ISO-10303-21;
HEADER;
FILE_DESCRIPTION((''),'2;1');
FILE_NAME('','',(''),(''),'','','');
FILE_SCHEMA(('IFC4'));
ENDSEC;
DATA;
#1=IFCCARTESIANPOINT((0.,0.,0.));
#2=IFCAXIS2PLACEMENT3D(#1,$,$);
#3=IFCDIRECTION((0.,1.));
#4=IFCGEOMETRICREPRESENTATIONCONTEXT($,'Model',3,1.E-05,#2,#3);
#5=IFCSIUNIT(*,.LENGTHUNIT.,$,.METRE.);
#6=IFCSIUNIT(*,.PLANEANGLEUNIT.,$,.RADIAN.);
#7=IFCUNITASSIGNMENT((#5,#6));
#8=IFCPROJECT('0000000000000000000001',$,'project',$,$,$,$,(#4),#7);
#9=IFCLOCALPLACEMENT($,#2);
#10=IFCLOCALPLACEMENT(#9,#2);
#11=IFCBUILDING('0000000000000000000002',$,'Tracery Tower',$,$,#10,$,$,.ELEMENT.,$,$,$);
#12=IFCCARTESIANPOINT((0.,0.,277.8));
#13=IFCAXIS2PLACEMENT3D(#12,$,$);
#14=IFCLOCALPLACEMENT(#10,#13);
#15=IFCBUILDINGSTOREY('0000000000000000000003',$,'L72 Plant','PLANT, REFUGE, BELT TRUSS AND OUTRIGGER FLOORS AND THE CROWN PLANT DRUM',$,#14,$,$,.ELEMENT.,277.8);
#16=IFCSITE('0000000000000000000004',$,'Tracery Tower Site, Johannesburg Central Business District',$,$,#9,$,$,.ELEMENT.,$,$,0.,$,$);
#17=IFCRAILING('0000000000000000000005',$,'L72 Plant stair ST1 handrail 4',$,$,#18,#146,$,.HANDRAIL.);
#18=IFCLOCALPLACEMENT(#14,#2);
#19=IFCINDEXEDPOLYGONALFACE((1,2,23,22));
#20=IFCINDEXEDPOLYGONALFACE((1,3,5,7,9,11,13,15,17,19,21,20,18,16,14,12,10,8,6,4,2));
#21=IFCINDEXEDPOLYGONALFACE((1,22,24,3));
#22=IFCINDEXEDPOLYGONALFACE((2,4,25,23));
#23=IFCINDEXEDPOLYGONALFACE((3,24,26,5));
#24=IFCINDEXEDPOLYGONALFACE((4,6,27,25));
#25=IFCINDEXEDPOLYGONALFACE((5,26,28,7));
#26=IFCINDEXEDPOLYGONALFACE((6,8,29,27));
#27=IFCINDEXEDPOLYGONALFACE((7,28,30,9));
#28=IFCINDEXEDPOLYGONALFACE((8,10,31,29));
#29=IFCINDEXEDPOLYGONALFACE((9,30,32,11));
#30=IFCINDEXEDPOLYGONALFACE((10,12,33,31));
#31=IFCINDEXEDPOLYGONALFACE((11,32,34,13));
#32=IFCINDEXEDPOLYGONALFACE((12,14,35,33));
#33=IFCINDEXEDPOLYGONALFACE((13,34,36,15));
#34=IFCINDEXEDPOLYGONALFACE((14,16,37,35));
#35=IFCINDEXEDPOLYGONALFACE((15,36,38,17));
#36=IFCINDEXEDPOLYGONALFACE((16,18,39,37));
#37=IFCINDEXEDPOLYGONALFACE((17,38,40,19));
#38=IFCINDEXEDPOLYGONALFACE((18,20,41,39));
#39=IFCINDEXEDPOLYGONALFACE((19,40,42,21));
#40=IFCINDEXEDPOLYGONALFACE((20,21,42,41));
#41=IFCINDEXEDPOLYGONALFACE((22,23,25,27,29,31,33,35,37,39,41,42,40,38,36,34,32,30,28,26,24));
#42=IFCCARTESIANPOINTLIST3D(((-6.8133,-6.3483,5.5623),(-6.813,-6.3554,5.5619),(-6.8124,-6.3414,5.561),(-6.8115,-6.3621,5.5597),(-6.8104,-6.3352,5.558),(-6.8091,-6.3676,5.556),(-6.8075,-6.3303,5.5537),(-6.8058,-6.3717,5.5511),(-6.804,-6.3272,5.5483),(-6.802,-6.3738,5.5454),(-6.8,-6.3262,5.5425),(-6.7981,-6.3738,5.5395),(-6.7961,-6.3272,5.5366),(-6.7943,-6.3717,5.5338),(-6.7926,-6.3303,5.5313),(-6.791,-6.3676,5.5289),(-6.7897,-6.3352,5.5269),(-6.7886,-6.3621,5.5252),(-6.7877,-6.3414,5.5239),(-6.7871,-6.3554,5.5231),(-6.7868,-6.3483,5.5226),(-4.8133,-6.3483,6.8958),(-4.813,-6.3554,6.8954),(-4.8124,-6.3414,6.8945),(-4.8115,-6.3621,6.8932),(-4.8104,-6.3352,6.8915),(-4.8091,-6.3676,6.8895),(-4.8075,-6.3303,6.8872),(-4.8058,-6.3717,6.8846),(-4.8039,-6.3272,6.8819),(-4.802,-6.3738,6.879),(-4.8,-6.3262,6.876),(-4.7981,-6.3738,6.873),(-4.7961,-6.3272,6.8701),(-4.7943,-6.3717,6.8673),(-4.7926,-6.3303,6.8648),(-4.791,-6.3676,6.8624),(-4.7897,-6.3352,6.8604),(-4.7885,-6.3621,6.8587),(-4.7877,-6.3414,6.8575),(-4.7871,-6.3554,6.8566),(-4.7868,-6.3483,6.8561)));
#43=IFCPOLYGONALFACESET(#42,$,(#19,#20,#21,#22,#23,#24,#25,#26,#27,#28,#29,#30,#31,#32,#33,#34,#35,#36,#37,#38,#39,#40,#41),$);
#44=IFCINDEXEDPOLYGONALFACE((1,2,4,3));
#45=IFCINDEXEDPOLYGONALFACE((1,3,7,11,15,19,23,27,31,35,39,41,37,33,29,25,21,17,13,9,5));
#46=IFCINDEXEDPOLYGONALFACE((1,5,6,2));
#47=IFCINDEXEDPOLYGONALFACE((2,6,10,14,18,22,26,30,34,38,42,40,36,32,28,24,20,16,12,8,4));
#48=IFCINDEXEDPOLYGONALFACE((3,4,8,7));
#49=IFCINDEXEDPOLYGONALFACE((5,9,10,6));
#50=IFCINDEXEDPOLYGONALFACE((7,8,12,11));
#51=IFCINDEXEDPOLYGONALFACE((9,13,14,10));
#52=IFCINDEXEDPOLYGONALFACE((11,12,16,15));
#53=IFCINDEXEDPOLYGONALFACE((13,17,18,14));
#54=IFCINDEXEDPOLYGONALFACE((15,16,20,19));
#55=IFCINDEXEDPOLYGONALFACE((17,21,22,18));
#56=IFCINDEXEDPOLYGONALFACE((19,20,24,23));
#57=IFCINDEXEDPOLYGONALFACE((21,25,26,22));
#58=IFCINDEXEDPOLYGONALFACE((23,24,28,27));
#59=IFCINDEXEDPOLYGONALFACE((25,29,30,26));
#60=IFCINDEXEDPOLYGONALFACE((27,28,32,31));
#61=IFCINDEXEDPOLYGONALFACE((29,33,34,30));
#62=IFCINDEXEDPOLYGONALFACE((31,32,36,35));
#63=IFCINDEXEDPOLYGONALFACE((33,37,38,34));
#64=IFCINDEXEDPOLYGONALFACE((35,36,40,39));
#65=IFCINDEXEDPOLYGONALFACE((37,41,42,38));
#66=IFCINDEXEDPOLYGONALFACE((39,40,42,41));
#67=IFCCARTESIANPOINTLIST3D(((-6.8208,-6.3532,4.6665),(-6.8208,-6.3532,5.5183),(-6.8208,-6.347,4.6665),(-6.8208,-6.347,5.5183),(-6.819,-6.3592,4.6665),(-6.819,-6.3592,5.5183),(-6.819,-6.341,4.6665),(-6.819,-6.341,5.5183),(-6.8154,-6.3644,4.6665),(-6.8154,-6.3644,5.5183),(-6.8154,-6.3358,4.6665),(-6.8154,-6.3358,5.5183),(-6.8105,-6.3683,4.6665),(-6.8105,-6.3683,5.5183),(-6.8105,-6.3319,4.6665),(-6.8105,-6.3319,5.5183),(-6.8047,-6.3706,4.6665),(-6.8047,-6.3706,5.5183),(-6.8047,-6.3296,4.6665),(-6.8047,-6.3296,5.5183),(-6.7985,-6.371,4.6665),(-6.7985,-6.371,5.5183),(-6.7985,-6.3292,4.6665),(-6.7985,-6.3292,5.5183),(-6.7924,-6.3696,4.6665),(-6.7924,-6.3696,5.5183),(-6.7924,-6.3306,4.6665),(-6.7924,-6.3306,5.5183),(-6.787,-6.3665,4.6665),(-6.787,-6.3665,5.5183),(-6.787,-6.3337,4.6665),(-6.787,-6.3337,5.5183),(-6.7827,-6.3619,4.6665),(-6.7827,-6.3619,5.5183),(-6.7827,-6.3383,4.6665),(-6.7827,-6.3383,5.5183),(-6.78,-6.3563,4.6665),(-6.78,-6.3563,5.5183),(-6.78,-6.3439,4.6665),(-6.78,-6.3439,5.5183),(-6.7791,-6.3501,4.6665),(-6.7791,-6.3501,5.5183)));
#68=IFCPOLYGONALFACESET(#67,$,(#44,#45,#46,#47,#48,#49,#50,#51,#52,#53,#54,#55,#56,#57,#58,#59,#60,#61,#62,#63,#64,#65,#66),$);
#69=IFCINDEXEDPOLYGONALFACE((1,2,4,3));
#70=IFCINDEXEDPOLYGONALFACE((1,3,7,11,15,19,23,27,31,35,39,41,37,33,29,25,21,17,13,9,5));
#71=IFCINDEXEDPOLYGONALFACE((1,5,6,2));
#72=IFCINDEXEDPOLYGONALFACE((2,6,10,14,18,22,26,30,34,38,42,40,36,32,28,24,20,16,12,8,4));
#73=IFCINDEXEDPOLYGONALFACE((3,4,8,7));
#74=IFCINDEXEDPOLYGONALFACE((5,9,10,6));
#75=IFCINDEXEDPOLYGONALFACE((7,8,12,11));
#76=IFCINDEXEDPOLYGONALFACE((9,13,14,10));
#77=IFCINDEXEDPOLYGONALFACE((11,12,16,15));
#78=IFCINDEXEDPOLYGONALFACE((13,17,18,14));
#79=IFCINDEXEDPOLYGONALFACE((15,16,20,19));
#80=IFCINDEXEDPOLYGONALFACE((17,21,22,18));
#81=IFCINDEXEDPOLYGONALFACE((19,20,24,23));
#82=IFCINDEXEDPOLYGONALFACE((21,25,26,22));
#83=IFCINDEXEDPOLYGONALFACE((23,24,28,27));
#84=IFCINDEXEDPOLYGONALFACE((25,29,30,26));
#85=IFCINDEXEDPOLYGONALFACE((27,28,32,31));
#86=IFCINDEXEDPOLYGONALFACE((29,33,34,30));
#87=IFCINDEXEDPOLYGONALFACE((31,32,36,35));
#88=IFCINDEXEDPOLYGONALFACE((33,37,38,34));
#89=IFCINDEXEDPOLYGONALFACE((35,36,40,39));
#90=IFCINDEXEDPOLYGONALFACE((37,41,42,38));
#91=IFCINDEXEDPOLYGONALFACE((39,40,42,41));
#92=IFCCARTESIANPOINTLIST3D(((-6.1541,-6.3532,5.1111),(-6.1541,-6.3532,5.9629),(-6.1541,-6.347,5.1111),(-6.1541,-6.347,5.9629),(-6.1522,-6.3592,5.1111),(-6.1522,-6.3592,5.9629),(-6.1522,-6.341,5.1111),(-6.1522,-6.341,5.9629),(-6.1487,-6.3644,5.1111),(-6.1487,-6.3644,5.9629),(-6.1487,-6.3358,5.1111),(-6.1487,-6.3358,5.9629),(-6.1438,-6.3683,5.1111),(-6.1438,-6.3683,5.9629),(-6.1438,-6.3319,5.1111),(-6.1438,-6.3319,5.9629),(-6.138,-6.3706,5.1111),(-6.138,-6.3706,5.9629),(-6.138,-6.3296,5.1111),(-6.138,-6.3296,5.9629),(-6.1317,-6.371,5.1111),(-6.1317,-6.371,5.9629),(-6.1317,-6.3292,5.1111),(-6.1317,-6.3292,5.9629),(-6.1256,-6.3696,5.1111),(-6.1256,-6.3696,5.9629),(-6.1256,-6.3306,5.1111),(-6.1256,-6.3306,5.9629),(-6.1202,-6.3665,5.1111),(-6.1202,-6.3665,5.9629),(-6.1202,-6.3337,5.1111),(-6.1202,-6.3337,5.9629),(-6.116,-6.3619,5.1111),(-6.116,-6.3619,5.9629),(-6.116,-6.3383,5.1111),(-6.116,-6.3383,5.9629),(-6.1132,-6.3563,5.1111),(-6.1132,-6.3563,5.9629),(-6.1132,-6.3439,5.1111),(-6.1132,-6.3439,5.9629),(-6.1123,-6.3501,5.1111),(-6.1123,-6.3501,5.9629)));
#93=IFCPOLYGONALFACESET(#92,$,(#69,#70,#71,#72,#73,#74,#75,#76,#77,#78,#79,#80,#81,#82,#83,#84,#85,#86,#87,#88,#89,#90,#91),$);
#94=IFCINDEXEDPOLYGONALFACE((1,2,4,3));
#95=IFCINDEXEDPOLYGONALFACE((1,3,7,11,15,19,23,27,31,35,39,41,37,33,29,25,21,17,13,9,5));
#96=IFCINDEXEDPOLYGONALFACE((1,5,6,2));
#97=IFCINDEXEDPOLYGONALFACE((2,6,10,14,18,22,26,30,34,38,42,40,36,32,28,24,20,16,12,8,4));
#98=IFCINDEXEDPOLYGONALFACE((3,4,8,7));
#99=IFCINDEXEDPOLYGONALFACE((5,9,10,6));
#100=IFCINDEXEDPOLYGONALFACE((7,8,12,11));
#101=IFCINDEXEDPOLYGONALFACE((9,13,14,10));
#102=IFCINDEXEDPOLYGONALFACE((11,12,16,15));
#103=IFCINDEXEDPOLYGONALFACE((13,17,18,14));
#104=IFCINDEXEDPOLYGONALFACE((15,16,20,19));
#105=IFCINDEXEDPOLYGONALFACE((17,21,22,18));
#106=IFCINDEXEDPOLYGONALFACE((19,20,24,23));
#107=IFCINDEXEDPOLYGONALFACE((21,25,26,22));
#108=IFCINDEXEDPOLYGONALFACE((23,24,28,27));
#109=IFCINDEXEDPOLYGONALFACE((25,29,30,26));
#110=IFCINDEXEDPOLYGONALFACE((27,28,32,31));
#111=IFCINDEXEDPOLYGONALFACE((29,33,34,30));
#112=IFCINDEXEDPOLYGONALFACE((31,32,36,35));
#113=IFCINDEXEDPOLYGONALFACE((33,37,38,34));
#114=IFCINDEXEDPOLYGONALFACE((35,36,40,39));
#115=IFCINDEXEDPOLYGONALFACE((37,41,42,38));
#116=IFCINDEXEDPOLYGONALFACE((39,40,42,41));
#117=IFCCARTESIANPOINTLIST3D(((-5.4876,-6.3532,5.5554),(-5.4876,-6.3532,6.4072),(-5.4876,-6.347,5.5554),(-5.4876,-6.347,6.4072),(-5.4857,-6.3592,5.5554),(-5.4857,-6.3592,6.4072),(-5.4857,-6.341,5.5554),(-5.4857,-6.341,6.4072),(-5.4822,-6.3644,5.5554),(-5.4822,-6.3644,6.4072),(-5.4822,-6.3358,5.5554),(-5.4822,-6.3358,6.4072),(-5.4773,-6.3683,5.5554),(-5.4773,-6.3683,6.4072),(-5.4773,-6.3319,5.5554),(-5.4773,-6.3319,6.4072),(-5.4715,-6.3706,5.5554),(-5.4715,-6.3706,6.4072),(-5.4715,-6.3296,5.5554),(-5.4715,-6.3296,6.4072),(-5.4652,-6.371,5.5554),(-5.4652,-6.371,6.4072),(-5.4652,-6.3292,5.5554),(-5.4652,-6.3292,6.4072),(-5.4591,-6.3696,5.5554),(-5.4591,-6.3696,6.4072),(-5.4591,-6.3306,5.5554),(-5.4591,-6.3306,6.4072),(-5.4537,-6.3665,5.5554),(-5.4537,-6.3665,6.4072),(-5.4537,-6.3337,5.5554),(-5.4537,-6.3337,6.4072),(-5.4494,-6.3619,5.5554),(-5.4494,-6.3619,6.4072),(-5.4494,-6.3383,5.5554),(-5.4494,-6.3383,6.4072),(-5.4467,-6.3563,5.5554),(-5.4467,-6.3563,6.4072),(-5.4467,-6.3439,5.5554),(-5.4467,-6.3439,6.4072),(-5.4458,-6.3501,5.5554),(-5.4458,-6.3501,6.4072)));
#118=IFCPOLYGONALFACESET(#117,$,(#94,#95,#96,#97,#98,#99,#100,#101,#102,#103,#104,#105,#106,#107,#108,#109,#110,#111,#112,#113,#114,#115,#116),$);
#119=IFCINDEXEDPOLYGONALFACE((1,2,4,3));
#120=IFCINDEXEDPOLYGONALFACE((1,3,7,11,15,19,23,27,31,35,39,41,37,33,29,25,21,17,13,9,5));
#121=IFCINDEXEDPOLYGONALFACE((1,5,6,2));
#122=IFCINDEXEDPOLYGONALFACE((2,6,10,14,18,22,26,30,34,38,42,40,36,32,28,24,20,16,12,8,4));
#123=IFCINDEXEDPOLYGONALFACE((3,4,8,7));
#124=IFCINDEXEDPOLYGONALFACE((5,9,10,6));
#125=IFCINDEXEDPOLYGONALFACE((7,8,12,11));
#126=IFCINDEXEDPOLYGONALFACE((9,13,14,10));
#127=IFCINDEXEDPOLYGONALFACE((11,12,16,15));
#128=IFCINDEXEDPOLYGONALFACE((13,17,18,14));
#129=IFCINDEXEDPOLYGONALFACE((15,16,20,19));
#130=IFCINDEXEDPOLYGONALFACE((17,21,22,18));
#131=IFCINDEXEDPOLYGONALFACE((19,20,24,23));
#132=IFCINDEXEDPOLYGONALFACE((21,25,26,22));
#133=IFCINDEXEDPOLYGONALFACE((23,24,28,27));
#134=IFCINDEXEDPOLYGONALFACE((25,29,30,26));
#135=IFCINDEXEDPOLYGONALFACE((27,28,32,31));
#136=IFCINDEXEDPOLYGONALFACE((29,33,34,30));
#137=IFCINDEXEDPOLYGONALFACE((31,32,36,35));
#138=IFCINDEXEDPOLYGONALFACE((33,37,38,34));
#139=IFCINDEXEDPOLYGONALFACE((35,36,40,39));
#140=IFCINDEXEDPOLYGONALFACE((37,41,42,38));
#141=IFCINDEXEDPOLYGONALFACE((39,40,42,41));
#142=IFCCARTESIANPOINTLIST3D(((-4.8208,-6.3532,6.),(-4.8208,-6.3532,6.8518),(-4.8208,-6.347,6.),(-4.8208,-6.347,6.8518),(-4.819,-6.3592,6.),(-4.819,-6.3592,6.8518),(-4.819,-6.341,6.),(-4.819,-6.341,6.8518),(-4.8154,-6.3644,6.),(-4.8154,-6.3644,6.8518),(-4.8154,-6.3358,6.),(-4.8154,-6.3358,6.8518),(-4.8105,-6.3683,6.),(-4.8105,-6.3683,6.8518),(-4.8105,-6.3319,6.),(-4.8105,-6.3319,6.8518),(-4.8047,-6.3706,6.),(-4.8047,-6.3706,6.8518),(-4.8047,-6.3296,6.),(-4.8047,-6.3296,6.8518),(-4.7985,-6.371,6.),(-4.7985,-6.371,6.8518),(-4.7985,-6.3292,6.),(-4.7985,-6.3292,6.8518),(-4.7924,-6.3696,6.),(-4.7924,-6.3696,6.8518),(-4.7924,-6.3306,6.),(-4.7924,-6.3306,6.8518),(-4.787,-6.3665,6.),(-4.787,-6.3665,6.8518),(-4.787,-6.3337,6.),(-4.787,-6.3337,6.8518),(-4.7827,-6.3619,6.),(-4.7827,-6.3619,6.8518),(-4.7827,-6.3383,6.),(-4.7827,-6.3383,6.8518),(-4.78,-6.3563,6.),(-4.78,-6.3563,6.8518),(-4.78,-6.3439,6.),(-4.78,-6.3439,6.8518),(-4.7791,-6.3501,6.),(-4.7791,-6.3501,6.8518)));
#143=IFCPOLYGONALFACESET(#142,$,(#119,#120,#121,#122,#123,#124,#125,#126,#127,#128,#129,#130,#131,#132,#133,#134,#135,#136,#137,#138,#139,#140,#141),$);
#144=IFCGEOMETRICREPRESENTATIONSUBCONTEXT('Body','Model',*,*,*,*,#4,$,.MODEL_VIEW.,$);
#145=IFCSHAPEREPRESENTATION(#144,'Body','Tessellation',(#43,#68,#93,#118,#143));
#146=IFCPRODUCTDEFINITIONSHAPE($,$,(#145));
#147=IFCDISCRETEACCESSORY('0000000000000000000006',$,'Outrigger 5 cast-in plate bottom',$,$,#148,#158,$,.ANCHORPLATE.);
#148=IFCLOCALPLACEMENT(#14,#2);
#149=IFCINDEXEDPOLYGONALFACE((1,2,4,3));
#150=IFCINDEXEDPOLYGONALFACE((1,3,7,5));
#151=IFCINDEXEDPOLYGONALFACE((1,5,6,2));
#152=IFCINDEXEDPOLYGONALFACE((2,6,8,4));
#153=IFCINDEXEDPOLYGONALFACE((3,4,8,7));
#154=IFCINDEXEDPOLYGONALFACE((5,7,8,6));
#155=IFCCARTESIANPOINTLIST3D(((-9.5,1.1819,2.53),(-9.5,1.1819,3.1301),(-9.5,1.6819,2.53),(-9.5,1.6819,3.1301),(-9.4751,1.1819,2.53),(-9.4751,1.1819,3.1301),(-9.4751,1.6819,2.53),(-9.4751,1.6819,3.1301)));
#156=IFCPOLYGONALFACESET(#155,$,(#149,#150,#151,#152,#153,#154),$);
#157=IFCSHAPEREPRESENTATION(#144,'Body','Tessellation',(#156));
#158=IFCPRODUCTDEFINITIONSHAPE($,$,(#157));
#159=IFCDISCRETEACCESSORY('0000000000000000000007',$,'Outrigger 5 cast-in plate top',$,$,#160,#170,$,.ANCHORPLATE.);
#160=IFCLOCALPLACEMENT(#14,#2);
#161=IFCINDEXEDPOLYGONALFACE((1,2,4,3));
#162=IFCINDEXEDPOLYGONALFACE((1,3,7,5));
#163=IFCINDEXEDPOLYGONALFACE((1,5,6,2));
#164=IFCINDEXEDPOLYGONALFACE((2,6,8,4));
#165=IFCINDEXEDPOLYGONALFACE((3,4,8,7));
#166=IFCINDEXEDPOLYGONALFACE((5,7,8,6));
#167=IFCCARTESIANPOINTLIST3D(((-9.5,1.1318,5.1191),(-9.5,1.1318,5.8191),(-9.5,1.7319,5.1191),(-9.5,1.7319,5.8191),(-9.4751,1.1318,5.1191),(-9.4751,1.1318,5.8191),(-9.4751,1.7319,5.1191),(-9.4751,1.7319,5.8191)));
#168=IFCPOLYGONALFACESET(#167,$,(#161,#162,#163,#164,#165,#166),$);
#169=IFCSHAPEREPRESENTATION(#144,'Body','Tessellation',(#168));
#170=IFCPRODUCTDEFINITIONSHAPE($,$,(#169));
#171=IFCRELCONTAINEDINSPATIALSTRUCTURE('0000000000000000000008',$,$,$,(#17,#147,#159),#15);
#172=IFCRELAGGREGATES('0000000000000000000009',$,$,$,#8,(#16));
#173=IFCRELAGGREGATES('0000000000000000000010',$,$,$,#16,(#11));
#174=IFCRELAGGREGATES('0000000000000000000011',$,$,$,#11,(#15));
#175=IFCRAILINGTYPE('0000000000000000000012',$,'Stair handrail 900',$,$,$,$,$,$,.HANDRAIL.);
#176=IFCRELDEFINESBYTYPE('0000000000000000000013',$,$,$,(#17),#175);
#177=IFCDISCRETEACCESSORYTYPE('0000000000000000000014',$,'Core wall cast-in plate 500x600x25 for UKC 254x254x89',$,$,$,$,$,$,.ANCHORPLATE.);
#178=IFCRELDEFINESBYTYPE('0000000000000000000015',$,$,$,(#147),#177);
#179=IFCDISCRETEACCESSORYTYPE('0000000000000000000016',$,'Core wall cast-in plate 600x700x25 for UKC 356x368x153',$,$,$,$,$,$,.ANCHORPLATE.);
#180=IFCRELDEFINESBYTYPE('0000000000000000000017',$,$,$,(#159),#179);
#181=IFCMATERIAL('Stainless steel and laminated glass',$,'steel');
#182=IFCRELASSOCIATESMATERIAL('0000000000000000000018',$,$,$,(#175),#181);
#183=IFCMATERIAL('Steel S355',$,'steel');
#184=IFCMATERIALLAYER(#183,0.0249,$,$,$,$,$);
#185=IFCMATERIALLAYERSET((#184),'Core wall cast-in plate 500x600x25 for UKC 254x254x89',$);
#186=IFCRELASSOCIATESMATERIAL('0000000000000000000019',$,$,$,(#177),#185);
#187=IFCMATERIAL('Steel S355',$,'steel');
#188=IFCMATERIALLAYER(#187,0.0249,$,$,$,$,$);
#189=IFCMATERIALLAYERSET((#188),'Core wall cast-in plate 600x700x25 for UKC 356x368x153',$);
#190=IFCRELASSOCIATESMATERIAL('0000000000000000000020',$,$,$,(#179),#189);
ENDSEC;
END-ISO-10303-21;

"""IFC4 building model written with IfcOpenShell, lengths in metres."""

from ifc_helpers import new_model, si_unit, direction, frame, origin, origin_2d, place, context, subcontext, project, spatial, rectangle, circle, extrude, material, layer, layer_set, type_object, element, save


model = new_model("IFC4")

# Units and contexts
model_context = context("Model", 3, precision=1e-05, world=origin(), true_north=direction((0.0, 1.0)))
body_context = subcontext(model_context, "Body", "Model", "MODEL_VIEW")
ifc_project = project(units=[si_unit("LENGTHUNIT", "METRE"), si_unit("PLANEANGLEUNIT", "RADIAN")], contexts=[model_context])

# Site, building, storey
site_placement = place(None, origin())
site = spatial("IfcSite", under=ifc_project, at=site_placement, Name="Tracery Tower Site, Johannesburg Central Business District", CompositionType="ELEMENT", RefElevation=0.0)
building_placement = place(site_placement, origin())
building = spatial("IfcBuilding", under=site, at=building_placement, Name="Tracery Tower", CompositionType="ELEMENT")
storey_placement = place(building_placement, frame((0.0, 0.0, 277.8)))
storey = spatial("IfcBuildingStorey", under=building, at=storey_placement, Name="L72 Plant", Description="PLANT, REFUGE, BELT TRUSS AND OUTRIGGER FLOORS AND THE CROWN PLANT DRUM", CompositionType="ELEMENT", Elevation=277.8)

# Railing
ifc_material_1 = material(Name="Stainless steel and laminated glass", Category="steel")
railing_type = type_object("IfcRailingType", Name="Stair handrail 900", PredefinedType="HANDRAIL", material=ifc_material_1)
for number, where, name in (
    (1, (-6.8, -6.3501, 4.6665), "L72 Plant stair ST1 handrail 4"),
):
    element("IfcRailing", number, at=place(storey_placement, frame(where)), inside=storey, type_object=railing_type, Name=name, PredefinedType="HANDRAIL", context=body_context, shape_type="SweptSolid", body=[
        extrude(circle(Radius=0.0239, at=origin_2d()), frame((0.0, 0.0, 0.876), z_axis=(0.832019, 0.0, 0.554747), x_axis=(0.0, 1.0, 0.0)), (0.0, 0.0, 1.0), 2.4038),
        extrude(circle(Radius=0.021, at=origin_2d()), origin(), (0.0, 0.0, 1.0), 0.8518),
        extrude(circle(Radius=0.021, at=origin_2d()), frame((0.6667, 0.0, 0.4446)), (0.0, 0.0, 1.0), 0.8518),
        extrude(circle(Radius=0.021, at=origin_2d()), frame((1.3333, 0.0, 0.8889)), (0.0, 0.0, 1.0), 0.8518),
        extrude(circle(Radius=0.021, at=origin_2d()), frame((2.0, 0.0, 1.3335)), (0.0, 0.0, 1.0), 0.8518),
    ])

# Discrete accessories
ifc_material_2 = material(Name="Steel S355", Category="steel")
ifc_layer_1 = layer(ifc_material_2, 0.0249)
ifc_layer_set_1 = layer_set([ifc_layer_1], Name="Core wall cast-in plate 500x600x25 for UKC 254x254x89")
discrete_accessory_type_1 = type_object("IfcDiscreteAccessoryType", Name="Core wall cast-in plate 500x600x25 for UKC 254x254x89", PredefinedType="ANCHORPLATE", material=ifc_layer_set_1)
discrete_accessory_1_placement = place(storey_placement, frame((-9.4875, 1.4319, 2.53), z_axis=(0.0, 0.0, 1.0), x_axis=(1.0, 0.0, 0.0)))
element("IfcDiscreteAccessory", 2, at=discrete_accessory_1_placement, inside=storey, type_object=discrete_accessory_type_1, Name="Outrigger 5 cast-in plate bottom", PredefinedType="ANCHORPLATE", context=body_context, shape_type="SweptSolid", body=[
    extrude(rectangle(XDim=0.0249, YDim=0.5, at=origin_2d()), origin(), (0.0, 0.0, 1.0), 0.6001),
])
ifc_material_3 = material(Name="Steel S355", Category="steel")
ifc_layer_2 = layer(ifc_material_3, 0.0249)
ifc_layer_set_2 = layer_set([ifc_layer_2], Name="Core wall cast-in plate 600x700x25 for UKC 356x368x153")
discrete_accessory_type_2 = type_object("IfcDiscreteAccessoryType", Name="Core wall cast-in plate 600x700x25 for UKC 356x368x153", PredefinedType="ANCHORPLATE", material=ifc_layer_set_2)
discrete_accessory_2_placement = place(storey_placement, frame((-9.4875, 1.4319, 5.1191), z_axis=(0.0, 0.0, 1.0), x_axis=(1.0, 0.0, 0.0)))
element("IfcDiscreteAccessory", 3, at=discrete_accessory_2_placement, inside=storey, type_object=discrete_accessory_type_2, Name="Outrigger 5 cast-in plate top", PredefinedType="ANCHORPLATE", context=body_context, shape_type="SweptSolid", body=[
    extrude(rectangle(XDim=0.0249, YDim=0.6001, at=origin_2d()), origin(), (0.0, 0.0, 1.0), 0.7),
])

save(model, "model.ifc")
